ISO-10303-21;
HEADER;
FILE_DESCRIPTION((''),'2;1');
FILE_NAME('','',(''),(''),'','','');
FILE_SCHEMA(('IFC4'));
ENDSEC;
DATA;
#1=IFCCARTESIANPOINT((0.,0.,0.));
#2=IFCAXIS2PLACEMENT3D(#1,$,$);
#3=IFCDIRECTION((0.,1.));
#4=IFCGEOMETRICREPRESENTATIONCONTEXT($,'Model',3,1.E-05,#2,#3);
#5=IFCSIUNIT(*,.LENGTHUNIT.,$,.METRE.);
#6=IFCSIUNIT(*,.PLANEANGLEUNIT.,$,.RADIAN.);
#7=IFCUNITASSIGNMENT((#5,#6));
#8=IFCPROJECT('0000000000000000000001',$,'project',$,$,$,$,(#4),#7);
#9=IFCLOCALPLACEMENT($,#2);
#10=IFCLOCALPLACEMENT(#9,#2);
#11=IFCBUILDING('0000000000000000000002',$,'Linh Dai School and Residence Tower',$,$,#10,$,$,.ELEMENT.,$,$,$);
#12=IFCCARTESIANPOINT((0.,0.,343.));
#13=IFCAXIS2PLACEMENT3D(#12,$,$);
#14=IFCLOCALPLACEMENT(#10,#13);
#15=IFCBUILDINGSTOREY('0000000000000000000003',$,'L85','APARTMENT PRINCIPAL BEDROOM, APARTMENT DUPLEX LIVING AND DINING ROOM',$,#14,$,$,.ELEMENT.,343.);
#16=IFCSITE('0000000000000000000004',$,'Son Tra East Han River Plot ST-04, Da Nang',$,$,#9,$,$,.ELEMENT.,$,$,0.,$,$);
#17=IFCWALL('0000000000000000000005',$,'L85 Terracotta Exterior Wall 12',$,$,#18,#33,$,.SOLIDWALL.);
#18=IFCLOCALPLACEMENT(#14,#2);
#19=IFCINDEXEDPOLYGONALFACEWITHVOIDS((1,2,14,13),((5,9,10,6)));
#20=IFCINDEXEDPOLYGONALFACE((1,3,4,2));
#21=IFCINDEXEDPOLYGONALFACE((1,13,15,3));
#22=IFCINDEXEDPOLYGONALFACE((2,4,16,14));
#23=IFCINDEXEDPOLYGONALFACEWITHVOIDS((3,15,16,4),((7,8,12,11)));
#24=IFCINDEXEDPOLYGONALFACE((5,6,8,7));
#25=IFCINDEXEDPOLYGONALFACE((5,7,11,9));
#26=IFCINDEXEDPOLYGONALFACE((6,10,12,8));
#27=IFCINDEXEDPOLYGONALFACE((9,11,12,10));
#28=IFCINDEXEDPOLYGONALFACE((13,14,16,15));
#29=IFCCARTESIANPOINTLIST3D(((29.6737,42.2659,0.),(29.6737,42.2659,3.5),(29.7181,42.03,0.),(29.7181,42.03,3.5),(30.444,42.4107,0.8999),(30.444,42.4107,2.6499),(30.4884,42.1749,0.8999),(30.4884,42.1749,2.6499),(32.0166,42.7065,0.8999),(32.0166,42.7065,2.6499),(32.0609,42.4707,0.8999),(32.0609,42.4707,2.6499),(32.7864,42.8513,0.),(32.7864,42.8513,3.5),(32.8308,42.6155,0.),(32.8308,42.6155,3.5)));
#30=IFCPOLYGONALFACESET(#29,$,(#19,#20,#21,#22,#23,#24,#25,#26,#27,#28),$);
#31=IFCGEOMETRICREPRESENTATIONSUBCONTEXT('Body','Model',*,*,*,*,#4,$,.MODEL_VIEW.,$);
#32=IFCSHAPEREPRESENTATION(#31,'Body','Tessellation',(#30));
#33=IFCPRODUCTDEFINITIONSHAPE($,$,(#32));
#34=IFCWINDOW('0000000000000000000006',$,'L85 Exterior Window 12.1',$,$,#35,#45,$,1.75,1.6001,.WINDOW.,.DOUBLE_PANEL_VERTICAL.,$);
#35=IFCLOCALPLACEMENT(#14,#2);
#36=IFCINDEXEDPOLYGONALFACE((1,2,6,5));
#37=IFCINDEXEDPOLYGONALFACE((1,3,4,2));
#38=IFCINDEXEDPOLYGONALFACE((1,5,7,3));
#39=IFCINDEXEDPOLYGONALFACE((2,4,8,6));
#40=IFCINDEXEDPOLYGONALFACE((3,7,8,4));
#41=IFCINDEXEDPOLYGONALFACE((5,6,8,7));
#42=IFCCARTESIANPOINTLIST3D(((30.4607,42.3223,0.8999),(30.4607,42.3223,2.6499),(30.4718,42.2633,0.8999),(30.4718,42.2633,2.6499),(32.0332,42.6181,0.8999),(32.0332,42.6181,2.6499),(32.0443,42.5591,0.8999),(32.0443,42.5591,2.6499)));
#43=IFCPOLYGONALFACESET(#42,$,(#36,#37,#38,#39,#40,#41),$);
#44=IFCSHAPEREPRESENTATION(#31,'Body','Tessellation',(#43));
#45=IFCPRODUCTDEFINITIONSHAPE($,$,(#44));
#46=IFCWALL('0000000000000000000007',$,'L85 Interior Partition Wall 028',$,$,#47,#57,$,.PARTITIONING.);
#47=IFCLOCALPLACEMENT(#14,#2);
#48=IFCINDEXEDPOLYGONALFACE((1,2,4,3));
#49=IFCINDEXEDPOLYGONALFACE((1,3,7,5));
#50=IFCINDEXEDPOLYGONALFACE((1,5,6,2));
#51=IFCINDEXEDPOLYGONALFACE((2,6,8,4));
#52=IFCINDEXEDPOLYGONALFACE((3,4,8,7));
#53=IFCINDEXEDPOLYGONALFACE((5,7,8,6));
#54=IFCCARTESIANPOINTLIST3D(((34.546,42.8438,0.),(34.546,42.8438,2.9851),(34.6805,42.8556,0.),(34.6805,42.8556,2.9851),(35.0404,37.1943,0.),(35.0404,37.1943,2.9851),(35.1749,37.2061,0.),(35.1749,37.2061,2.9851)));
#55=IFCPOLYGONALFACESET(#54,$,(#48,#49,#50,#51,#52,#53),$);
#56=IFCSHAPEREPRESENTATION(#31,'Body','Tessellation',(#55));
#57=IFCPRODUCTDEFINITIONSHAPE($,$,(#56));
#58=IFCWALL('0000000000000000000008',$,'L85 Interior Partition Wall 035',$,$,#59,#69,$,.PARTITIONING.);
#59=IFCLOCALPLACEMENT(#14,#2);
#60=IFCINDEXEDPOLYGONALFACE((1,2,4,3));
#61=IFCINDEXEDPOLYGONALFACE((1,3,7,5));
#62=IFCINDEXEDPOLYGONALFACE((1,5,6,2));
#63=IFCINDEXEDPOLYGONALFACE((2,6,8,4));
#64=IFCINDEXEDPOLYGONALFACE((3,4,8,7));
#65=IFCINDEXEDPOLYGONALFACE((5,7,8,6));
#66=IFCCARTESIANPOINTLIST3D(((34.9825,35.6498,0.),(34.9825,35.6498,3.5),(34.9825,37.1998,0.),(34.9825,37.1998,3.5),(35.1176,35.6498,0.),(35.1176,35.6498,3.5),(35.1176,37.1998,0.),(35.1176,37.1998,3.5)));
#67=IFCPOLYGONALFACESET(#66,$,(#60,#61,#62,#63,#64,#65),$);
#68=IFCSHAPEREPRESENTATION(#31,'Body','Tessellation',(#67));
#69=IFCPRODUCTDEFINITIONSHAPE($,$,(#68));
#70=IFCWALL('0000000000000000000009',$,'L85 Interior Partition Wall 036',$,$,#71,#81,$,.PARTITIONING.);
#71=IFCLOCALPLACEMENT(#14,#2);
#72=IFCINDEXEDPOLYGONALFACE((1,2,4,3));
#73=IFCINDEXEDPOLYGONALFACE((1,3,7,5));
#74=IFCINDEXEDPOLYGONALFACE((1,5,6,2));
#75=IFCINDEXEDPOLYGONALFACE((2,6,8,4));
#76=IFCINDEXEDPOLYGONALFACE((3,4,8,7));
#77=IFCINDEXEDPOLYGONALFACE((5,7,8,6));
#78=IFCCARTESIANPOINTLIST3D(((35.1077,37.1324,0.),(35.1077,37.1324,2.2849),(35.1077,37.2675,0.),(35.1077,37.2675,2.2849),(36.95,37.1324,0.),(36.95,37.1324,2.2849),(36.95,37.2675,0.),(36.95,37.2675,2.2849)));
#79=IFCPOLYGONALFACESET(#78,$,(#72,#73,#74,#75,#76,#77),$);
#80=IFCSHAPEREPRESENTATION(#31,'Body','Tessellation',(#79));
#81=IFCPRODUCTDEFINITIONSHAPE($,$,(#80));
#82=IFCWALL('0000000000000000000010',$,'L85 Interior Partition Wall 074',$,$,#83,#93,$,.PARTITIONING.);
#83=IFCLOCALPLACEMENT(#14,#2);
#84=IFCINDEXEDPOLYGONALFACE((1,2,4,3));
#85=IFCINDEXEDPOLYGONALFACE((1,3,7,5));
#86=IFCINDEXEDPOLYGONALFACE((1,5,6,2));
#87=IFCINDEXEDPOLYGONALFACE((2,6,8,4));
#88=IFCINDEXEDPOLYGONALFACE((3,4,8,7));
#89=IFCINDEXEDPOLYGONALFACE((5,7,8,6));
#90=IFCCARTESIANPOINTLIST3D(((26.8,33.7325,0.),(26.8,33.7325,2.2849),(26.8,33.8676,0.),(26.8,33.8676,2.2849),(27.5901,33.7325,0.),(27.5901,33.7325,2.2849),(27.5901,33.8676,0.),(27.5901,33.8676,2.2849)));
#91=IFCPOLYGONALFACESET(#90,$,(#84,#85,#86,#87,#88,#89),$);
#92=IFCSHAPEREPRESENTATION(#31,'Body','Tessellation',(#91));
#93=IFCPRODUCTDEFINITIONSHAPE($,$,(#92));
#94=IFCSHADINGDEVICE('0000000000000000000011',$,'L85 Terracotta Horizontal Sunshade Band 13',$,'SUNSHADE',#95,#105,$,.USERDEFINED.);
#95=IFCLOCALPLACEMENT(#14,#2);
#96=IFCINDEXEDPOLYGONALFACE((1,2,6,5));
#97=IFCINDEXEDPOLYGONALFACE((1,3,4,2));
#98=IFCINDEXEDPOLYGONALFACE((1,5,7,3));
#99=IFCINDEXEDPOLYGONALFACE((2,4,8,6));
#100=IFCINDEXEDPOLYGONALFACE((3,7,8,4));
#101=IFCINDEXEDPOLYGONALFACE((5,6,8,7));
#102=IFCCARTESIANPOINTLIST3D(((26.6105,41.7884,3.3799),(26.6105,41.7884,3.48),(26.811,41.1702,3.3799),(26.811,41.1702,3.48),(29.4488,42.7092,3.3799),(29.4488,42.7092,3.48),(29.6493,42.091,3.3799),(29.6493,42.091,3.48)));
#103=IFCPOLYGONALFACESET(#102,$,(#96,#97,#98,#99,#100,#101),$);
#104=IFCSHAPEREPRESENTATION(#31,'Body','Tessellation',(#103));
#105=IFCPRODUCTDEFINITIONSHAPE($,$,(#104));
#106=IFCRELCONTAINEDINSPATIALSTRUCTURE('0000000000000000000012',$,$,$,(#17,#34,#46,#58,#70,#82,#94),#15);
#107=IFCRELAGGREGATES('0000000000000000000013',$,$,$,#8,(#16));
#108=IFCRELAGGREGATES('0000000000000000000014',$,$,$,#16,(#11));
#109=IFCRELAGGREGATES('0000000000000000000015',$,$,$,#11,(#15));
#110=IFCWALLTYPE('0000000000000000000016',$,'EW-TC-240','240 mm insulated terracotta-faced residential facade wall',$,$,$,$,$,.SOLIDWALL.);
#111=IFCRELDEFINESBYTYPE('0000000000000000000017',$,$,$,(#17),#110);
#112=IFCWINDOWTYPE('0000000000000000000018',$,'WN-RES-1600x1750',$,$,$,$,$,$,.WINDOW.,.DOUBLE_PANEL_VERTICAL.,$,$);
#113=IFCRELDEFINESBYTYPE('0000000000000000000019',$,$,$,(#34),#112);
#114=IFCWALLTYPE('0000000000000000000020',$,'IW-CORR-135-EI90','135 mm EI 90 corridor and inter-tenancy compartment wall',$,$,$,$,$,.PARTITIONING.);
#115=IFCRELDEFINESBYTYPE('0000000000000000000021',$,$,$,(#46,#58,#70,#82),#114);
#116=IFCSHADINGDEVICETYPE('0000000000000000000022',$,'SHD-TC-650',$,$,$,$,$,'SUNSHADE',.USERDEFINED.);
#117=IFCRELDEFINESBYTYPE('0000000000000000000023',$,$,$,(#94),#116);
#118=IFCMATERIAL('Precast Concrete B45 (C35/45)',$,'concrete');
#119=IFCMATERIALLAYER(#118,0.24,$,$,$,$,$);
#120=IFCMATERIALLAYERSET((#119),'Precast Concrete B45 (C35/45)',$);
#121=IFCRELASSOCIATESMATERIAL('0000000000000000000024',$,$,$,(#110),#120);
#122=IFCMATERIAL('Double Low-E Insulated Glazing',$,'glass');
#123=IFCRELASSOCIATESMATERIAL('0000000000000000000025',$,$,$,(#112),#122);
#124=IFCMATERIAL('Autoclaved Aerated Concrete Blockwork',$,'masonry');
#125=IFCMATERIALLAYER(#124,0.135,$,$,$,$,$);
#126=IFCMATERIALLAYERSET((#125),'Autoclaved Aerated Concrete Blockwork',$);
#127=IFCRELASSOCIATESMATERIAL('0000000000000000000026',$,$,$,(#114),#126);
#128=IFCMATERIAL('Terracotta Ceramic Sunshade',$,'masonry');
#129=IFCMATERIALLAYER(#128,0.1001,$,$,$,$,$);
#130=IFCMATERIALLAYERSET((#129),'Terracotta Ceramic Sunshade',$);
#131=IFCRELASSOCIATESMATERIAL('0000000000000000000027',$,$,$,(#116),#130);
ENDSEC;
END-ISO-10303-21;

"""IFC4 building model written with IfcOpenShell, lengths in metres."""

from ifc_helpers import new_model, si_unit, direction, frame, frame_2d, origin, origin_2d, place, context, subcontext, project, spatial, rectangle, extrude, source, transform, mapped, material, layer, layer_set, type_object, element, fill, save


model = new_model("IFC4")

# Units and contexts
model_context = context("Model", 3, precision=1e-05, world=origin(), true_north=direction((0.0, 1.0)))
body_context = subcontext(model_context, "Body", "Model", "MODEL_VIEW")
ifc_project = project(units=[si_unit("LENGTHUNIT", "METRE"), si_unit("PLANEANGLEUNIT", "RADIAN")], contexts=[model_context])

# Site, building, storey
site_placement = place(None, origin())
site = spatial("IfcSite", under=ifc_project, at=site_placement, Name="Son Tra East Han River Plot ST-04, Da Nang", CompositionType="ELEMENT", RefElevation=0.0)
building_placement = place(site_placement, origin())
building = spatial("IfcBuilding", under=site, at=building_placement, Name="Linh Dai School and Residence Tower", CompositionType="ELEMENT")
storey_placement = place(building_placement, frame((0.0, 0.0, 343.0)))
storey = spatial("IfcBuildingStorey", under=building, at=storey_placement, Name="L85", Description="APARTMENT PRINCIPAL BEDROOM, APARTMENT DUPLEX LIVING AND DINING ROOM", CompositionType="ELEMENT", Elevation=343.0)

# Shared definitions
ifc_material_1 = material(Name="Precast Concrete B45 (C35/45)", Category="concrete")
ifc_layer_1 = layer(ifc_material_1, 0.24)
ifc_layer_set_1 = layer_set([ifc_layer_1], Name="Precast Concrete B45 (C35/45)")
wall_type_1 = type_object("IfcWallType", Name="EW-TC-240", Description="240 mm insulated terracotta-faced residential facade wall", PredefinedType="SOLIDWALL", material=ifc_layer_set_1)

# Wall, opening, window
wall_1_placement = place(storey_placement, frame((29.696, 42.1479, 0.0), z_axis=(0.0, 0.0, 1.0), x_axis=(0.982766, 0.184852, 0.0)))
wall_1 = element("IfcWall", 1, at=wall_1_placement, inside=storey, type_object=wall_type_1, Name="L85 Terracotta Exterior Wall 12", PredefinedType="SOLIDWALL", context=body_context, shape_type="SweptSolid", body=[
    extrude(rectangle(XDim=3.1672, YDim=0.24, at=frame_2d((1.5835, 0.0))), origin(), (0.0, 0.0, 1.0), 3.5),
])
opening_1_placement = place(wall_1_placement, frame((0.7837, 0.0, 0.8999)))
opening_1 = element("IfcOpeningElement", 2, at=opening_1_placement, cuts=wall_1, PredefinedType="OPENING", context=body_context, shape_type="SweptSolid", body=[
    extrude(rectangle(XDim=1.6001, YDim=1.75, at=origin_2d()), frame((0.8, 0.1299, 0.875), z_axis=(0.0, -1.0, 0.0), x_axis=(1.0, 0.0, 0.0)), (0.0, 0.0, 1.0), 0.26),
])
ifc_material_2 = material(Name="Double Low-E Insulated Glazing", Category="glass")
window_type = type_object("IfcWindowType", Name="WN-RES-1600x1750", PartitioningType="DOUBLE_PANEL_VERTICAL", PredefinedType="WINDOW", material=ifc_material_2)
shared_shape_1 = source(origin(), body_context, "Body", "SweptSolid", [
    extrude(rectangle(XDim=1.6001, YDim=1.75, at=origin_2d()), frame((0.8, 0.03, 0.875), z_axis=(0.0, -1.0, 0.0), x_axis=(1.0, 0.0, 0.0)), (0.0, 0.0, 1.0), 0.0601),
])
window_placement = place(opening_1_placement, origin())
window = element("IfcWindow", 3, at=window_placement, inside=storey, type_object=window_type, Name="L85 Exterior Window 12.1", OverallHeight=1.75, OverallWidth=1.6001, PartitioningType="DOUBLE_PANEL_VERTICAL", PredefinedType="WINDOW", context=body_context, shape_type="MappedRepresentation", body=[
    mapped(shared_shape_1, transform((0.0, 0.0, 0.0), x_axis=(1.0, 0.0, 0.0), y_axis=(0.0, 1.0, 0.0), z_axis=(0.0, 0.0, 1.0), scale=1.0)),
])
fill(opening_1, window)

# Walls
ifc_material_3 = material(Name="Autoclaved Aerated Concrete Blockwork", Category="masonry")
ifc_layer_2 = layer(ifc_material_3, 0.135)
ifc_layer_set_2 = layer_set([ifc_layer_2], Name="Autoclaved Aerated Concrete Blockwork")
wall_type_2 = type_object("IfcWallType", Name="IW-CORR-135-EI90", Description="135 mm EI 90 corridor and inter-tenancy compartment wall", PredefinedType="PARTITIONING", material=ifc_layer_set_2)
wall_2_placement = place(storey_placement, frame((34.6133, 42.8496, 0.0), z_axis=(0.0, 0.0, 1.0), x_axis=(0.087174, -0.996193, 0.0)))
element("IfcWall", 4, at=wall_2_placement, inside=storey, type_object=wall_type_2, Name="L85 Interior Partition Wall 028", PredefinedType="PARTITIONING", context=body_context, shape_type="SweptSolid", body=[
    extrude(rectangle(XDim=5.6711, YDim=0.135, at=frame_2d((2.8354, 0.0))), origin(), (0.0, 0.0, 1.0), 2.9851),
])
wall_3_placement = place(storey_placement, frame((35.05, 35.6499, 0.0), z_axis=(0.0, 0.0, 1.0), x_axis=(0.0, 1.0, 0.0)))
element("IfcWall", 5, at=wall_3_placement, inside=storey, type_object=wall_type_2, Name="L85 Interior Partition Wall 035", PredefinedType="PARTITIONING", context=body_context, shape_type="SweptSolid", body=[
    extrude(rectangle(XDim=1.55, YDim=0.135, at=frame_2d((0.7749, 0.0))), origin(), (0.0, 0.0, 1.0), 3.5),
])
wall_4_placement = place(storey_placement, frame((35.1077, 37.2, 0.0), z_axis=(0.0, 0.0, 1.0), x_axis=(1.0, 0.0, 0.0)))
element("IfcWall", 6, at=wall_4_placement, inside=storey, type_object=wall_type_2, Name="L85 Interior Partition Wall 036", PredefinedType="PARTITIONING", context=body_context, shape_type="SweptSolid", body=[
    extrude(rectangle(XDim=1.8423, YDim=0.135, at=frame_2d((0.9211, 0.0))), origin(), (0.0, 0.0, 1.0), 2.2849),
])
wall_5_placement = place(storey_placement, frame((27.5901, 33.8, 0.0), z_axis=(0.0, 0.0, 1.0), x_axis=(-1.0, 0.0, 0.0)))
element("IfcWall", 7, at=wall_5_placement, inside=storey, type_object=wall_type_2, Name="L85 Interior Partition Wall 074", PredefinedType="PARTITIONING", context=body_context, shape_type="SweptSolid", body=[
    extrude(rectangle(XDim=0.79, YDim=0.135, at=frame_2d((0.395, 0.0))), origin(), (0.0, 0.0, 1.0), 2.2849),
])

# Shading device
ifc_material_4 = material(Name="Terracotta Ceramic Sunshade", Category="masonry")
ifc_layer_3 = layer(ifc_material_4, 0.1001)
ifc_layer_set_3 = layer_set([ifc_layer_3], Name="Terracotta Ceramic Sunshade")
shading_device_type = type_object("IfcShadingDeviceType", Name="SHD-TC-650", ElementType="SUNSHADE", PredefinedType="USERDEFINED", material=ifc_layer_set_3)
shared_shape_2 = source(origin(), body_context, "Body", "SweptSolid", [
    extrude(rectangle(XDim=2.9839, YDim=0.6499, at=origin_2d()), origin(), (0.0, 0.0, 1.0), 0.1001),
])
shading_device_placement = place(storey_placement, frame((28.1299, 41.9397, 3.3799), z_axis=(0.0, 0.0, 1.0), x_axis=(0.951203, 0.308565, 0.0)))
element("IfcShadingDevice", 8, at=shading_device_placement, inside=storey, type_object=shading_device_type, Name="L85 Terracotta Horizontal Sunshade Band 13", ObjectType="SUNSHADE", PredefinedType="USERDEFINED", context=body_context, shape_type="MappedRepresentation", body=[
    mapped(shared_shape_2, transform((0.0, 0.0, 0.0), x_axis=(1.0, 0.0, 0.0), y_axis=(0.0, 1.0, 0.0), z_axis=(0.0, 0.0, 1.0), scale=1.0)),
])

save(model, "model.ifc")
